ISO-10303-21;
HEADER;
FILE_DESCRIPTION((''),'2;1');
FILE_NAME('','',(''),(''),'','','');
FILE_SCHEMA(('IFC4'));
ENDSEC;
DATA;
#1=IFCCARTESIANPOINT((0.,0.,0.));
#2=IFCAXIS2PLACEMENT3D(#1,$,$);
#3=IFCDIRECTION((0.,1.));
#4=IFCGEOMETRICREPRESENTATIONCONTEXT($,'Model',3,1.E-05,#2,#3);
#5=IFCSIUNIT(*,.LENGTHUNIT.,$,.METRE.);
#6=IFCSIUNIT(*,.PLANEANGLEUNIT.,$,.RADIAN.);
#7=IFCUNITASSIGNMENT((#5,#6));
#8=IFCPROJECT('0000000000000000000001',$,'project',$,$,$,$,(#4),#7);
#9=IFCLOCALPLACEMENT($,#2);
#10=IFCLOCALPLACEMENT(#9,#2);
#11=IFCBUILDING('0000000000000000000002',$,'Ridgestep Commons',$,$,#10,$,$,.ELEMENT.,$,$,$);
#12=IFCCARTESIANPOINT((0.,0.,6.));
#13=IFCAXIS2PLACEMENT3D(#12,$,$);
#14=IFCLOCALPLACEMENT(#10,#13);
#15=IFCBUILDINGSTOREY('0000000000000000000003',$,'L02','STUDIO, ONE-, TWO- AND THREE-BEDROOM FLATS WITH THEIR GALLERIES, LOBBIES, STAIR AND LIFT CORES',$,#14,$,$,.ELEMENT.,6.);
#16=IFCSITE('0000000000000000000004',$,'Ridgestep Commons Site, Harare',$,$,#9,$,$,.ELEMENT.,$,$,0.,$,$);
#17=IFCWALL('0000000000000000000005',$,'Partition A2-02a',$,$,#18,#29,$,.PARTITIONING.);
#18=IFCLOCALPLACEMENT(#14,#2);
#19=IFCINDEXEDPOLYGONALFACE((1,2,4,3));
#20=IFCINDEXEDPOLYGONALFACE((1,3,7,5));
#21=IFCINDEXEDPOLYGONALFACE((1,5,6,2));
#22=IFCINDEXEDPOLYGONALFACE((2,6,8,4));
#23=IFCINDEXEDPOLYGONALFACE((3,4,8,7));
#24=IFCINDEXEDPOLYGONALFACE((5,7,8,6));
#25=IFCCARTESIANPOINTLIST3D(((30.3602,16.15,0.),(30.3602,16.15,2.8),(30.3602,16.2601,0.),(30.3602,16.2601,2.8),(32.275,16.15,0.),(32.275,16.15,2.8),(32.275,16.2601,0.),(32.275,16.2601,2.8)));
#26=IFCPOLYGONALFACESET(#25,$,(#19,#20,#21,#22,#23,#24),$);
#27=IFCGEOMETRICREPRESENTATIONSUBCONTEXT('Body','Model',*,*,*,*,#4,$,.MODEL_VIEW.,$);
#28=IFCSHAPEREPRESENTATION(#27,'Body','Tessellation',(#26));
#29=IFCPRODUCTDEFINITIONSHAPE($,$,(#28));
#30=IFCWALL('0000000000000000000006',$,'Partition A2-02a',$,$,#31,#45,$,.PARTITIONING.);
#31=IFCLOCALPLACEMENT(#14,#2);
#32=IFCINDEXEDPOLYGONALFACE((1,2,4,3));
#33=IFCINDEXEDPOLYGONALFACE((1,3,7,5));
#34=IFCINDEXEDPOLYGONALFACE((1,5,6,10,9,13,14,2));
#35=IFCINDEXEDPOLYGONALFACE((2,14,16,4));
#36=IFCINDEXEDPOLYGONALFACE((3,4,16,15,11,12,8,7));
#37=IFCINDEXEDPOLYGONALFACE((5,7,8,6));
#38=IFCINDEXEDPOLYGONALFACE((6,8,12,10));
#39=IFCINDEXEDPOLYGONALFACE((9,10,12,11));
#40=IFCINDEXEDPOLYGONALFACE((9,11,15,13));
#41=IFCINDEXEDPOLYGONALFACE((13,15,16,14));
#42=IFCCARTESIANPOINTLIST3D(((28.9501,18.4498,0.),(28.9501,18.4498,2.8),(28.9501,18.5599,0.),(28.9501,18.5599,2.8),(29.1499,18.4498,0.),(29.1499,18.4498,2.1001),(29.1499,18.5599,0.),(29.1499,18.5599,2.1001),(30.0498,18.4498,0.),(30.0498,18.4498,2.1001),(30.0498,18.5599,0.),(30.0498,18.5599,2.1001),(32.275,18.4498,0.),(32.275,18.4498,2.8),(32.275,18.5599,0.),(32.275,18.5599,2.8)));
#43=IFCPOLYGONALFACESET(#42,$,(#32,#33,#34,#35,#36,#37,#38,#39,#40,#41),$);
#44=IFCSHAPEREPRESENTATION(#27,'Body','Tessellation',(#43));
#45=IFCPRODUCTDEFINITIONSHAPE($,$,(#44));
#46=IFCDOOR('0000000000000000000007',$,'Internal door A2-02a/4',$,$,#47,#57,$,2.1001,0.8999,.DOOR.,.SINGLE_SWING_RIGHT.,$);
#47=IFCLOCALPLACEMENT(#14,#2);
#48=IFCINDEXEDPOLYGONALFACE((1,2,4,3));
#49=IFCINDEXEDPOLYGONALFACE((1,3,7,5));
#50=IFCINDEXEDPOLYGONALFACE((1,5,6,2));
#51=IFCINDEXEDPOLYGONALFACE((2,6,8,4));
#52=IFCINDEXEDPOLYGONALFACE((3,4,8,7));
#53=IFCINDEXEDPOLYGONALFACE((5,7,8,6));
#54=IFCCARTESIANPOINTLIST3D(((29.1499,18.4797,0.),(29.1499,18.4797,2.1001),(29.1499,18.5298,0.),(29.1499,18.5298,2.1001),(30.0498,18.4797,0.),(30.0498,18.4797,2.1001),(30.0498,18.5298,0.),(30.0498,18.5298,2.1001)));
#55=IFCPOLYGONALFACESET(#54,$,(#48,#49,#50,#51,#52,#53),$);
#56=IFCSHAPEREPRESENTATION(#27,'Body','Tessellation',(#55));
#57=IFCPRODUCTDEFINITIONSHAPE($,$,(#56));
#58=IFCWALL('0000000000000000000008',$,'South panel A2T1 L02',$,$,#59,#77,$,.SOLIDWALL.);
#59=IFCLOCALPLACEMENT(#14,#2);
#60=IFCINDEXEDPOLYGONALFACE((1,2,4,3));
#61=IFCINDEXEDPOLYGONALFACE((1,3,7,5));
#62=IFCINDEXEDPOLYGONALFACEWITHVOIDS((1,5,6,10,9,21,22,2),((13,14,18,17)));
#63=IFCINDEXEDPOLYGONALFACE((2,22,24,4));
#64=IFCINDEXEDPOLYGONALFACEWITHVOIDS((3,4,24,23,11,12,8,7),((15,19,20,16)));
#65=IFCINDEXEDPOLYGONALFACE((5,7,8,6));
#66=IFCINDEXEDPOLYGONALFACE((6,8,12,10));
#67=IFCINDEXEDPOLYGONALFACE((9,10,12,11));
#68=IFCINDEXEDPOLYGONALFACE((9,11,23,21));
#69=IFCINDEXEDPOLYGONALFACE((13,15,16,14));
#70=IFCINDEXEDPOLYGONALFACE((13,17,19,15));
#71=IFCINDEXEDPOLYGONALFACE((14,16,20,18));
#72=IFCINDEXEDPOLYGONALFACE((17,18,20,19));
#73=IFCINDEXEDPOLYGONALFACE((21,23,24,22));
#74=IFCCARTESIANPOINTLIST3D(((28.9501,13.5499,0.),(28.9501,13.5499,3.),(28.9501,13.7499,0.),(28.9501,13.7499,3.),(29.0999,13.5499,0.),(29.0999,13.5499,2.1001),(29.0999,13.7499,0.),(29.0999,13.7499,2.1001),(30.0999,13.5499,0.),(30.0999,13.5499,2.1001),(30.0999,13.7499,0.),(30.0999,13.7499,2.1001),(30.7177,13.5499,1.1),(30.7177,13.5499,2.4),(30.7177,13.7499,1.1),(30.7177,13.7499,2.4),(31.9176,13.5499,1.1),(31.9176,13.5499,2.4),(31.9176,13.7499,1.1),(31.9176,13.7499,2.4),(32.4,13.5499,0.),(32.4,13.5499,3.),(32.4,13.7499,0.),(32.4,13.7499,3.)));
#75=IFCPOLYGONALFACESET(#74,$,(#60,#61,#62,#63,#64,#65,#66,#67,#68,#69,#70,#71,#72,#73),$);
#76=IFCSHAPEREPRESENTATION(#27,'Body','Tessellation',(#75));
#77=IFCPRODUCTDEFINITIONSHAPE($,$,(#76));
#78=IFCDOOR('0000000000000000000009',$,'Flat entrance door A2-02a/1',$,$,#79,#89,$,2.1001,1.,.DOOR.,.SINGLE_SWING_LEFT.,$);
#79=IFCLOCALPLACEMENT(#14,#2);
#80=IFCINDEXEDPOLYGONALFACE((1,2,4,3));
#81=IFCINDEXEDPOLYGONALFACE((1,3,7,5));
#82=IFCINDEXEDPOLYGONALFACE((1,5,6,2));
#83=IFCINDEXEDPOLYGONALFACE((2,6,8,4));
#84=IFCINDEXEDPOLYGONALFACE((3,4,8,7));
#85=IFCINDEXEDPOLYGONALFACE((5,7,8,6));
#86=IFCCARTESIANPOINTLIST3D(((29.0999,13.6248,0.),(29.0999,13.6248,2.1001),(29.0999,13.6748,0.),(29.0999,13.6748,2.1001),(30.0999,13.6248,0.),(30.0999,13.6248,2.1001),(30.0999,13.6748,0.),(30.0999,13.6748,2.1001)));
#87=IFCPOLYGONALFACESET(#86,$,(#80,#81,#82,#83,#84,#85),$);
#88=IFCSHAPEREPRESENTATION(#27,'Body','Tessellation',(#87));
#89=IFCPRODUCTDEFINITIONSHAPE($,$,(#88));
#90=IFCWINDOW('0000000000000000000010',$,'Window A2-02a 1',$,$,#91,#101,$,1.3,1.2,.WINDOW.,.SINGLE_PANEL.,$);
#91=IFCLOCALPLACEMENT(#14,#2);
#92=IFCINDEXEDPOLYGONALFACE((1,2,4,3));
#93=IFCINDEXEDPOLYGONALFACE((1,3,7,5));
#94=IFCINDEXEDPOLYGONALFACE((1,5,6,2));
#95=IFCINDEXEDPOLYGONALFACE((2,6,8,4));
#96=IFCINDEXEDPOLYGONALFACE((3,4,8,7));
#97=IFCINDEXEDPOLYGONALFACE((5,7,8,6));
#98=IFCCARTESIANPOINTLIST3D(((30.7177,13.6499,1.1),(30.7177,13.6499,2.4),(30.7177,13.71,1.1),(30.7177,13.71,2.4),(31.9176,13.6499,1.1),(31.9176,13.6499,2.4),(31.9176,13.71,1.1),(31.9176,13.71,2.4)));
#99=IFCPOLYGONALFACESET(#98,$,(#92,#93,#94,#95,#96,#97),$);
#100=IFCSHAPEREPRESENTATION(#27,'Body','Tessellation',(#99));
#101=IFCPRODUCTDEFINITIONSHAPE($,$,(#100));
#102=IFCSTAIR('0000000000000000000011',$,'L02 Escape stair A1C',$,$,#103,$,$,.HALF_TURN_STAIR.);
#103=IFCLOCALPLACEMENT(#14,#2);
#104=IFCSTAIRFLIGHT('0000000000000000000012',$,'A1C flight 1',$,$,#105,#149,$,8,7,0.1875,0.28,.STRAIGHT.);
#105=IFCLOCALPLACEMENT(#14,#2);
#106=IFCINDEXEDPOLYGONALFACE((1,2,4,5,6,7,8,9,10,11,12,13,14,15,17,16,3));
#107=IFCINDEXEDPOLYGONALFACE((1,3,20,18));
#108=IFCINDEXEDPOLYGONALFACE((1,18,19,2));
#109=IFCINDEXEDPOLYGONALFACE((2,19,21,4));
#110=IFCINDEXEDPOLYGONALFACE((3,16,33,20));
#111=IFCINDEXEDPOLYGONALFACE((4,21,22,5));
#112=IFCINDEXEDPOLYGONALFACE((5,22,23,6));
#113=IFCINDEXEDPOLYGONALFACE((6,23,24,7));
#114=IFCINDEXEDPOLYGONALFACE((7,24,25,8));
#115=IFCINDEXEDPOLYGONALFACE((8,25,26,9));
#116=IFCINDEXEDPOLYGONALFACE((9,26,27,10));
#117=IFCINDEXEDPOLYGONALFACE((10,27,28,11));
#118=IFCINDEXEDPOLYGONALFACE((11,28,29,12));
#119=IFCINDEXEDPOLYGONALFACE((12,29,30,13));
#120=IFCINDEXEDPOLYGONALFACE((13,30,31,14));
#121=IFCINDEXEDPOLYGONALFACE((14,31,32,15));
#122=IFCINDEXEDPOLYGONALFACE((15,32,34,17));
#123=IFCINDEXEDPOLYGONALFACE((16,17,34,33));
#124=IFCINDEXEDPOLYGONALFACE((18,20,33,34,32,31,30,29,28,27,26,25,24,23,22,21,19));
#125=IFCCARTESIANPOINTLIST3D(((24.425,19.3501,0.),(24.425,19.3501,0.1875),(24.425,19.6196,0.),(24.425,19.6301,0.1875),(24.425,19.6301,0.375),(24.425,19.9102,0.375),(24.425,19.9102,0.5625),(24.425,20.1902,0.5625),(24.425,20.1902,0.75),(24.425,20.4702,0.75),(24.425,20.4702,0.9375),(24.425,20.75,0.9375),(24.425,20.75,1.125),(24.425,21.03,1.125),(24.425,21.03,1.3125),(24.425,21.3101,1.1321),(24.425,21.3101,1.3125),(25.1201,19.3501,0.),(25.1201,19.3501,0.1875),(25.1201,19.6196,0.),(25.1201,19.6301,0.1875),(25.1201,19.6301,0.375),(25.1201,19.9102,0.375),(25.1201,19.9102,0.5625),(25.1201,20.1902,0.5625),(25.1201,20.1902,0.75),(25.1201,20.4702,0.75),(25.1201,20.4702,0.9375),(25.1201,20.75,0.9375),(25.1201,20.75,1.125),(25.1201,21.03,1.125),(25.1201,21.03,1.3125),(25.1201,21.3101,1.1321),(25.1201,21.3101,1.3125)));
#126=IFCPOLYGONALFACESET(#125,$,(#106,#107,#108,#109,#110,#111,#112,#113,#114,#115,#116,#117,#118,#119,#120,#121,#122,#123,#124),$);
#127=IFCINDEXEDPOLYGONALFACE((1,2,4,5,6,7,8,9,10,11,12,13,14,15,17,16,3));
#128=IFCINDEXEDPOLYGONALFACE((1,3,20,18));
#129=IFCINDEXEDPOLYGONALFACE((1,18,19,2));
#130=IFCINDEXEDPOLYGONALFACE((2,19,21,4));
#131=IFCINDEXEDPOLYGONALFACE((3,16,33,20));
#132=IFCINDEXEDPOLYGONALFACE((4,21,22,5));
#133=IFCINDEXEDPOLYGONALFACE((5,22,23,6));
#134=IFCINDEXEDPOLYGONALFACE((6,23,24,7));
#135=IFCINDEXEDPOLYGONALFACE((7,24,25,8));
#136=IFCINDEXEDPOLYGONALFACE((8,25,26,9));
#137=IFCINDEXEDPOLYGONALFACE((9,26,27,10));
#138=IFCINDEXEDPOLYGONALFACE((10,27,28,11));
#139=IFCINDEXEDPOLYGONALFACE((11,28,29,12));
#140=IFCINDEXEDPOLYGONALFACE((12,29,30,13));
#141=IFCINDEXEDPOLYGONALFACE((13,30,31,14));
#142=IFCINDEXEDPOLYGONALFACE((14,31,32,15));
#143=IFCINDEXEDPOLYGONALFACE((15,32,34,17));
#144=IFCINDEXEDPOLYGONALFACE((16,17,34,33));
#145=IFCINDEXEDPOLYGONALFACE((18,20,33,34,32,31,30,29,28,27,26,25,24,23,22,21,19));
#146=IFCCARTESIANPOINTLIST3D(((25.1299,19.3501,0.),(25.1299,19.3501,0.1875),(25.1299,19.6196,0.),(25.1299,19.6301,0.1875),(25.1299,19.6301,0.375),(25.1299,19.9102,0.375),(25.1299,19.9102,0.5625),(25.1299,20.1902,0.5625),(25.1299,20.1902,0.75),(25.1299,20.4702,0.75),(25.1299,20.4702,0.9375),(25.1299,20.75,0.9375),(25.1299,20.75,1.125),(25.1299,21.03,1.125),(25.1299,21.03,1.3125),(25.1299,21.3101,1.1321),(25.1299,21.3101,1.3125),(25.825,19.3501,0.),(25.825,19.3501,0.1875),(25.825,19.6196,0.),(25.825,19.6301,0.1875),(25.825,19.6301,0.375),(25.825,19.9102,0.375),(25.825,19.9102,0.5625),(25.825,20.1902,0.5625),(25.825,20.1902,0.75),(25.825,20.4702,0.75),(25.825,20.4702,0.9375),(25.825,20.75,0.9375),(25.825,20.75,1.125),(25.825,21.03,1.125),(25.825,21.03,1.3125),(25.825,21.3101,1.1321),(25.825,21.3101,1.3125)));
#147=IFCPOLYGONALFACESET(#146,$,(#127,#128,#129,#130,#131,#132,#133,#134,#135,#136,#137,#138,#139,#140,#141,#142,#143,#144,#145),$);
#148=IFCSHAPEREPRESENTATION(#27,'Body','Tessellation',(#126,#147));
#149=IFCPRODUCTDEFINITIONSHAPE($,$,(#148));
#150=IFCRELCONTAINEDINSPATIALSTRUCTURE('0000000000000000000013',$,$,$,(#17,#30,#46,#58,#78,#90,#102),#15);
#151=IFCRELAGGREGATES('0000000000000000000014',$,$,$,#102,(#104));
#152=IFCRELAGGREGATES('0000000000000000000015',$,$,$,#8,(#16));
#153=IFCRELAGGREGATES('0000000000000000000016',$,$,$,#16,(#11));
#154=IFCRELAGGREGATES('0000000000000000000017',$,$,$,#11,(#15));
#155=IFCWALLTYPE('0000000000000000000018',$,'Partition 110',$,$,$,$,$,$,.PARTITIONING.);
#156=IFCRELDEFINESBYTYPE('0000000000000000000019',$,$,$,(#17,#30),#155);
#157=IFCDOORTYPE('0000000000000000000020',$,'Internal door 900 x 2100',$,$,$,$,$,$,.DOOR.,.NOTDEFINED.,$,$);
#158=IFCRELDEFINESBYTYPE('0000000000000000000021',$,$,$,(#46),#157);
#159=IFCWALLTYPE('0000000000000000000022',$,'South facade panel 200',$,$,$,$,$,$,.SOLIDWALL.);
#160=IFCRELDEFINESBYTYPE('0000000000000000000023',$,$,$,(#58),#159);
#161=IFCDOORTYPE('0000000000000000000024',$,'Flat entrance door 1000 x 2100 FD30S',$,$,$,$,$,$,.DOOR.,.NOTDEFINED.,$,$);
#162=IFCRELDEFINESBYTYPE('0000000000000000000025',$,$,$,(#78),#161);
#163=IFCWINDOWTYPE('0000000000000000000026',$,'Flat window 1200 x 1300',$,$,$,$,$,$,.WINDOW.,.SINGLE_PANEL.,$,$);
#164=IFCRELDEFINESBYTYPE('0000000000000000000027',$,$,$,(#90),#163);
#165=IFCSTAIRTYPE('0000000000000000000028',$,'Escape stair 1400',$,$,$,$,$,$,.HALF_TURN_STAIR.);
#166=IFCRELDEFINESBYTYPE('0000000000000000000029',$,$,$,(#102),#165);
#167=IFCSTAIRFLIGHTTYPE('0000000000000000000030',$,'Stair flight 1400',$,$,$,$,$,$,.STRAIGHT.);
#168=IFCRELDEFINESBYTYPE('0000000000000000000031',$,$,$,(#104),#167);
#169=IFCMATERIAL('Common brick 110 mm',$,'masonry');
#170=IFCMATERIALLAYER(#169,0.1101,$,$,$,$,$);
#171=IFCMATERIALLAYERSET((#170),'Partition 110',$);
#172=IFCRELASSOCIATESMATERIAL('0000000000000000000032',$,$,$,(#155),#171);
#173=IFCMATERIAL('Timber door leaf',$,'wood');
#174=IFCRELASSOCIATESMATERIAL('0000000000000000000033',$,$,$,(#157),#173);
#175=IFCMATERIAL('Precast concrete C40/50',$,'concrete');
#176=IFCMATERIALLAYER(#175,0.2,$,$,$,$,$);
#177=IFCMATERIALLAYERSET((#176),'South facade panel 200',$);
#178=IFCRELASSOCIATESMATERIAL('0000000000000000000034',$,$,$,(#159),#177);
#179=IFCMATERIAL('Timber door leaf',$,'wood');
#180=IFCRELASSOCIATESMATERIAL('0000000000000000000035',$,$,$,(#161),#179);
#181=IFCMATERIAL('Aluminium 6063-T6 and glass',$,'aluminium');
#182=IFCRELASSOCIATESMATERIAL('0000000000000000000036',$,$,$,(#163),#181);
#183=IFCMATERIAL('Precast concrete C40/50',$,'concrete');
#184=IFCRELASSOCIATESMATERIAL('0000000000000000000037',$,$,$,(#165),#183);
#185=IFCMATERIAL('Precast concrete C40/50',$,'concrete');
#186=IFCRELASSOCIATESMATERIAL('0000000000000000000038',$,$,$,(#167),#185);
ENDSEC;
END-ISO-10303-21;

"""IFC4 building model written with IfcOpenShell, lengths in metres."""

from ifc_helpers import new_model, si_unit, direction, frame, frame_2d, origin, place, context, subcontext, project, spatial, polyline, rectangle, outline, extrude, material, layer, layer_set, type_object, element, fill, aggregate, save


model = new_model("IFC4")

# Units and contexts
model_context = context("Model", 3, precision=1e-05, world=origin(), true_north=direction((0.0, 1.0)))
body_context = subcontext(model_context, "Body", "Model", "MODEL_VIEW")
ifc_project = project(units=[si_unit("LENGTHUNIT", "METRE"), si_unit("PLANEANGLEUNIT", "RADIAN")], contexts=[model_context])

# Site, building, storey
site_placement = place(None, origin())
site = spatial("IfcSite", under=ifc_project, at=site_placement, Name="Ridgestep Commons Site, Harare", CompositionType="ELEMENT", RefElevation=0.0)
building_placement = place(site_placement, origin())
building = spatial("IfcBuilding", under=site, at=building_placement, Name="Ridgestep Commons", CompositionType="ELEMENT")
storey_placement = place(building_placement, frame((0.0, 0.0, 6.0)))
storey = spatial("IfcBuildingStorey", under=building, at=storey_placement, Name="L02", Description="STUDIO, ONE-, TWO- AND THREE-BEDROOM FLATS WITH THEIR GALLERIES, LOBBIES, STAIR AND LIFT CORES", CompositionType="ELEMENT", Elevation=6.0)

# Shared definitions
ifc_material_1 = material(Name="Common brick 110 mm", Category="masonry")
ifc_layer_1 = layer(ifc_material_1, 0.1101)
ifc_layer_set_1 = layer_set([ifc_layer_1], Name="Partition 110")
wall_type_1 = type_object("IfcWallType", Name="Partition 110", PredefinedType="PARTITIONING", material=ifc_layer_set_1)

# Wall
wall_1_placement = place(storey_placement, frame((30.3601, 16.2051, 0.0), z_axis=(0.0, 0.0, 1.0), x_axis=(1.0, 0.0, 0.0)))
element("IfcWall", 1, at=wall_1_placement, inside=storey, type_object=wall_type_1, Name="Partition A2-02a", PredefinedType="PARTITIONING", context=body_context, shape_type="SweptSolid", body=[
    extrude(rectangle(XDim=1.9148, YDim=0.1101, at=frame_2d((0.9575, 0.0))), origin(), (0.0, 0.0, 1.0), 2.8),
])

# Wall, opening, door
wall_2_placement = place(storey_placement, frame((28.95, 18.5049, 0.0), z_axis=(0.0, 0.0, 1.0), x_axis=(1.0, 0.0, 0.0)))
wall_2 = element("IfcWall", 2, at=wall_2_placement, inside=storey, type_object=wall_type_1, Name="Partition A2-02a", PredefinedType="PARTITIONING", context=body_context, shape_type="SweptSolid", body=[
    extrude(rectangle(XDim=3.325, YDim=0.1101, at=frame_2d((1.6626, 0.0))), origin(), (0.0, 0.0, 1.0), 2.8),
])
opening_1_placement = place(wall_2_placement, frame((0.2, 0.0, 0.0)))
opening_1 = element("IfcOpeningElement", 3, at=opening_1_placement, cuts=wall_2, PredefinedType="OPENING", context=body_context, shape_type="SweptSolid", body=[
    extrude(rectangle(XDim=0.8999, YDim=2.1001, at=frame_2d((0.45, 1.05))), frame((0.0, 0.0649, 0.0), z_axis=(0.0, -1.0, 0.0), x_axis=(1.0, 0.0, 0.0)), (0.0, 0.0, 1.0), 0.1301),
])
ifc_material_2 = material(Name="Timber door leaf", Category="wood")
door_type_1 = type_object("IfcDoorType", Name="Internal door 900 x 2100", OperationType="NOTDEFINED", PredefinedType="DOOR", material=ifc_material_2)
door_1_placement = place(opening_1_placement, origin())
door_1 = element("IfcDoor", 4, at=door_1_placement, inside=storey, type_object=door_type_1, Name="Internal door A2-02a/4", OperationType="SINGLE_SWING_RIGHT", OverallHeight=2.1001, OverallWidth=0.8999, PredefinedType="DOOR", context=body_context, shape_type="SweptSolid", body=[
    extrude(rectangle(XDim=0.8999, YDim=2.1001, at=frame_2d((0.45, 1.05))), frame((0.0, 0.0249, 0.0), z_axis=(0.0, -1.0, 0.0), x_axis=(1.0, 0.0, 0.0)), (0.0, 0.0, 1.0), 0.05),
])
fill(opening_1, door_1)

# Wall, openings, door, window
ifc_material_3 = material(Name="Precast concrete C40/50", Category="concrete")
ifc_layer_2 = layer(ifc_material_3, 0.2)
ifc_layer_set_2 = layer_set([ifc_layer_2], Name="South facade panel 200")
wall_type_2 = type_object("IfcWallType", Name="South facade panel 200", PredefinedType="SOLIDWALL", material=ifc_layer_set_2)
wall_3_placement = place(storey_placement, frame((28.95, 13.6499, 0.0), z_axis=(0.0, 0.0, 1.0), x_axis=(1.0, 0.0, 0.0)))
wall_3 = element("IfcWall", 5, at=wall_3_placement, inside=storey, type_object=wall_type_2, Name="South panel A2T1 L02", PredefinedType="SOLIDWALL", context=body_context, shape_type="SweptSolid", body=[
    extrude(rectangle(XDim=3.45, YDim=0.2, at=frame_2d((1.7251, 0.0))), origin(), (0.0, 0.0, 1.0), 3.0),
])
opening_2_placement = place(wall_3_placement, frame((1.7676, 0.0, 1.1001)))
opening_2 = element("IfcOpeningElement", 6, at=opening_2_placement, cuts=wall_3, PredefinedType="OPENING", context=body_context, shape_type="SweptSolid", body=[
    extrude(rectangle(XDim=1.2, YDim=1.3, at=frame_2d((0.6001, 0.6499))), frame((0.0, 0.1099, 0.0), z_axis=(0.0, -1.0, 0.0), x_axis=(1.0, 0.0, 0.0)), (0.0, 0.0, 1.0), 0.22),
])
opening_3_placement = place(wall_3_placement, frame((0.1499, 0.0, 0.0)))
opening_3 = element("IfcOpeningElement", 7, at=opening_3_placement, cuts=wall_3, PredefinedType="OPENING", context=body_context, shape_type="SweptSolid", body=[
    extrude(rectangle(XDim=1.0, YDim=2.1001, at=frame_2d((0.5, 1.05))), frame((0.0, 0.1099, 0.0), z_axis=(0.0, -1.0, 0.0), x_axis=(1.0, 0.0, 0.0)), (0.0, 0.0, 1.0), 0.22),
])
ifc_material_4 = material(Name="Timber door leaf", Category="wood")
door_type_2 = type_object("IfcDoorType", Name="Flat entrance door 1000 x 2100 FD30S", OperationType="NOTDEFINED", PredefinedType="DOOR", material=ifc_material_4)
door_2_placement = place(opening_3_placement, origin())
door_2 = element("IfcDoor", 8, at=door_2_placement, inside=storey, type_object=door_type_2, Name="Flat entrance door A2-02a/1", OperationType="SINGLE_SWING_LEFT", OverallHeight=2.1001, OverallWidth=1.0, PredefinedType="DOOR", context=body_context, shape_type="SweptSolid", body=[
    extrude(rectangle(XDim=1.0, YDim=2.1001, at=frame_2d((0.5, 1.05))), frame((0.0, 0.0249, 0.0), z_axis=(0.0, -1.0, 0.0), x_axis=(1.0, 0.0, 0.0)), (0.0, 0.0, 1.0), 0.05),
])
fill(opening_3, door_2)
ifc_material_5 = material(Name="Aluminium 6063-T6 and glass", Category="aluminium")
window_type = type_object("IfcWindowType", Name="Flat window 1200 x 1300", PartitioningType="SINGLE_PANEL", PredefinedType="WINDOW", material=ifc_material_5)
window_placement = place(opening_2_placement, origin())
window = element("IfcWindow", 9, at=window_placement, inside=storey, type_object=window_type, Name="Window A2-02a 1", OverallHeight=1.3, OverallWidth=1.2, PartitioningType="SINGLE_PANEL", PredefinedType="WINDOW", context=body_context, shape_type="SweptSolid", body=[
    extrude(rectangle(XDim=1.2, YDim=1.3, at=frame_2d((0.6001, 0.6499))), frame((0.0, 0.0601, 0.0), z_axis=(0.0, -1.0, 0.0), x_axis=(1.0, 0.0, 0.0)), (0.0, 0.0, 1.0), 0.0601),
])
fill(opening_2, window)

# Stair, stair flight
ifc_material_6 = material(Name="Precast concrete C40/50", Category="concrete")
stair_type = type_object("IfcStairType", Name="Escape stair 1400", PredefinedType="HALF_TURN_STAIR", material=ifc_material_6)
stair_placement = place(storey_placement, origin())
stair = element("IfcStair", 10, at=stair_placement, inside=storey, type_object=stair_type, Name="L02 Escape stair A1C", PredefinedType="HALF_TURN_STAIR")
ifc_material_7 = material(Name="Precast concrete C40/50", Category="concrete")
stair_flight_type = type_object("IfcStairFlightType", Name="Stair flight 1400", PredefinedType="STRAIGHT", material=ifc_material_7)
stair_flight_placement = place(storey_placement, frame((25.125, 19.3501, 0.0), z_axis=(0.0, 0.0, 1.0), x_axis=(0.0, 1.0, 0.0)))
stair_flight = element("IfcStairFlight", 11, at=stair_flight_placement, type_object=stair_flight_type, Name="A1C flight 1", NumberOfRisers=8, NumberOfTreads=7, PredefinedType="STRAIGHT", RiserHeight=0.1875, TreadLength=0.28, context=body_context, shape_type="SweptSolid", body=[
    extrude(outline(polyline([(0.0, 0.0), (0.0, 0.1875), (0.28, 0.1875), (0.28, 0.375), (0.5601, 0.375), (0.5601, 0.5625), (0.8401, 0.5625), (0.8401, 0.75), (1.1201, 0.75), (1.1201, 0.9375), (1.3999, 0.9375), (1.3999, 1.125), (1.6799, 1.125), (1.6799, 1.3125), (1.96, 1.3125), (1.96, 1.5), (1.96, 1.1321), (0.2695, 0.0), (0.0, 0.0)])), frame((0.0, 0.7, 0.0), z_axis=(0.0, -1.0, 0.0), x_axis=(1.0, 0.0, 0.0)), (0.0, 0.0, 1.0), 0.6951),
    extrude(outline(polyline([(0.0, 0.0), (0.0, 0.1875), (0.28, 0.1875), (0.28, 0.375), (0.5601, 0.375), (0.5601, 0.5625), (0.8401, 0.5625), (0.8401, 0.75), (1.1201, 0.75), (1.1201, 0.9375), (1.3999, 0.9375), (1.3999, 1.125), (1.6799, 1.125), (1.6799, 1.3125), (1.96, 1.3125), (1.96, 1.5), (1.96, 1.1321), (0.2695, 0.0), (0.0, 0.0)])), frame((0.0, -0.0049, 0.0), z_axis=(0.0, -1.0, 0.0), x_axis=(1.0, 0.0, 0.0)), (0.0, 0.0, 1.0), 0.6951),
])
aggregate(stair, [stair_flight])

save(model, "model.ifc")
